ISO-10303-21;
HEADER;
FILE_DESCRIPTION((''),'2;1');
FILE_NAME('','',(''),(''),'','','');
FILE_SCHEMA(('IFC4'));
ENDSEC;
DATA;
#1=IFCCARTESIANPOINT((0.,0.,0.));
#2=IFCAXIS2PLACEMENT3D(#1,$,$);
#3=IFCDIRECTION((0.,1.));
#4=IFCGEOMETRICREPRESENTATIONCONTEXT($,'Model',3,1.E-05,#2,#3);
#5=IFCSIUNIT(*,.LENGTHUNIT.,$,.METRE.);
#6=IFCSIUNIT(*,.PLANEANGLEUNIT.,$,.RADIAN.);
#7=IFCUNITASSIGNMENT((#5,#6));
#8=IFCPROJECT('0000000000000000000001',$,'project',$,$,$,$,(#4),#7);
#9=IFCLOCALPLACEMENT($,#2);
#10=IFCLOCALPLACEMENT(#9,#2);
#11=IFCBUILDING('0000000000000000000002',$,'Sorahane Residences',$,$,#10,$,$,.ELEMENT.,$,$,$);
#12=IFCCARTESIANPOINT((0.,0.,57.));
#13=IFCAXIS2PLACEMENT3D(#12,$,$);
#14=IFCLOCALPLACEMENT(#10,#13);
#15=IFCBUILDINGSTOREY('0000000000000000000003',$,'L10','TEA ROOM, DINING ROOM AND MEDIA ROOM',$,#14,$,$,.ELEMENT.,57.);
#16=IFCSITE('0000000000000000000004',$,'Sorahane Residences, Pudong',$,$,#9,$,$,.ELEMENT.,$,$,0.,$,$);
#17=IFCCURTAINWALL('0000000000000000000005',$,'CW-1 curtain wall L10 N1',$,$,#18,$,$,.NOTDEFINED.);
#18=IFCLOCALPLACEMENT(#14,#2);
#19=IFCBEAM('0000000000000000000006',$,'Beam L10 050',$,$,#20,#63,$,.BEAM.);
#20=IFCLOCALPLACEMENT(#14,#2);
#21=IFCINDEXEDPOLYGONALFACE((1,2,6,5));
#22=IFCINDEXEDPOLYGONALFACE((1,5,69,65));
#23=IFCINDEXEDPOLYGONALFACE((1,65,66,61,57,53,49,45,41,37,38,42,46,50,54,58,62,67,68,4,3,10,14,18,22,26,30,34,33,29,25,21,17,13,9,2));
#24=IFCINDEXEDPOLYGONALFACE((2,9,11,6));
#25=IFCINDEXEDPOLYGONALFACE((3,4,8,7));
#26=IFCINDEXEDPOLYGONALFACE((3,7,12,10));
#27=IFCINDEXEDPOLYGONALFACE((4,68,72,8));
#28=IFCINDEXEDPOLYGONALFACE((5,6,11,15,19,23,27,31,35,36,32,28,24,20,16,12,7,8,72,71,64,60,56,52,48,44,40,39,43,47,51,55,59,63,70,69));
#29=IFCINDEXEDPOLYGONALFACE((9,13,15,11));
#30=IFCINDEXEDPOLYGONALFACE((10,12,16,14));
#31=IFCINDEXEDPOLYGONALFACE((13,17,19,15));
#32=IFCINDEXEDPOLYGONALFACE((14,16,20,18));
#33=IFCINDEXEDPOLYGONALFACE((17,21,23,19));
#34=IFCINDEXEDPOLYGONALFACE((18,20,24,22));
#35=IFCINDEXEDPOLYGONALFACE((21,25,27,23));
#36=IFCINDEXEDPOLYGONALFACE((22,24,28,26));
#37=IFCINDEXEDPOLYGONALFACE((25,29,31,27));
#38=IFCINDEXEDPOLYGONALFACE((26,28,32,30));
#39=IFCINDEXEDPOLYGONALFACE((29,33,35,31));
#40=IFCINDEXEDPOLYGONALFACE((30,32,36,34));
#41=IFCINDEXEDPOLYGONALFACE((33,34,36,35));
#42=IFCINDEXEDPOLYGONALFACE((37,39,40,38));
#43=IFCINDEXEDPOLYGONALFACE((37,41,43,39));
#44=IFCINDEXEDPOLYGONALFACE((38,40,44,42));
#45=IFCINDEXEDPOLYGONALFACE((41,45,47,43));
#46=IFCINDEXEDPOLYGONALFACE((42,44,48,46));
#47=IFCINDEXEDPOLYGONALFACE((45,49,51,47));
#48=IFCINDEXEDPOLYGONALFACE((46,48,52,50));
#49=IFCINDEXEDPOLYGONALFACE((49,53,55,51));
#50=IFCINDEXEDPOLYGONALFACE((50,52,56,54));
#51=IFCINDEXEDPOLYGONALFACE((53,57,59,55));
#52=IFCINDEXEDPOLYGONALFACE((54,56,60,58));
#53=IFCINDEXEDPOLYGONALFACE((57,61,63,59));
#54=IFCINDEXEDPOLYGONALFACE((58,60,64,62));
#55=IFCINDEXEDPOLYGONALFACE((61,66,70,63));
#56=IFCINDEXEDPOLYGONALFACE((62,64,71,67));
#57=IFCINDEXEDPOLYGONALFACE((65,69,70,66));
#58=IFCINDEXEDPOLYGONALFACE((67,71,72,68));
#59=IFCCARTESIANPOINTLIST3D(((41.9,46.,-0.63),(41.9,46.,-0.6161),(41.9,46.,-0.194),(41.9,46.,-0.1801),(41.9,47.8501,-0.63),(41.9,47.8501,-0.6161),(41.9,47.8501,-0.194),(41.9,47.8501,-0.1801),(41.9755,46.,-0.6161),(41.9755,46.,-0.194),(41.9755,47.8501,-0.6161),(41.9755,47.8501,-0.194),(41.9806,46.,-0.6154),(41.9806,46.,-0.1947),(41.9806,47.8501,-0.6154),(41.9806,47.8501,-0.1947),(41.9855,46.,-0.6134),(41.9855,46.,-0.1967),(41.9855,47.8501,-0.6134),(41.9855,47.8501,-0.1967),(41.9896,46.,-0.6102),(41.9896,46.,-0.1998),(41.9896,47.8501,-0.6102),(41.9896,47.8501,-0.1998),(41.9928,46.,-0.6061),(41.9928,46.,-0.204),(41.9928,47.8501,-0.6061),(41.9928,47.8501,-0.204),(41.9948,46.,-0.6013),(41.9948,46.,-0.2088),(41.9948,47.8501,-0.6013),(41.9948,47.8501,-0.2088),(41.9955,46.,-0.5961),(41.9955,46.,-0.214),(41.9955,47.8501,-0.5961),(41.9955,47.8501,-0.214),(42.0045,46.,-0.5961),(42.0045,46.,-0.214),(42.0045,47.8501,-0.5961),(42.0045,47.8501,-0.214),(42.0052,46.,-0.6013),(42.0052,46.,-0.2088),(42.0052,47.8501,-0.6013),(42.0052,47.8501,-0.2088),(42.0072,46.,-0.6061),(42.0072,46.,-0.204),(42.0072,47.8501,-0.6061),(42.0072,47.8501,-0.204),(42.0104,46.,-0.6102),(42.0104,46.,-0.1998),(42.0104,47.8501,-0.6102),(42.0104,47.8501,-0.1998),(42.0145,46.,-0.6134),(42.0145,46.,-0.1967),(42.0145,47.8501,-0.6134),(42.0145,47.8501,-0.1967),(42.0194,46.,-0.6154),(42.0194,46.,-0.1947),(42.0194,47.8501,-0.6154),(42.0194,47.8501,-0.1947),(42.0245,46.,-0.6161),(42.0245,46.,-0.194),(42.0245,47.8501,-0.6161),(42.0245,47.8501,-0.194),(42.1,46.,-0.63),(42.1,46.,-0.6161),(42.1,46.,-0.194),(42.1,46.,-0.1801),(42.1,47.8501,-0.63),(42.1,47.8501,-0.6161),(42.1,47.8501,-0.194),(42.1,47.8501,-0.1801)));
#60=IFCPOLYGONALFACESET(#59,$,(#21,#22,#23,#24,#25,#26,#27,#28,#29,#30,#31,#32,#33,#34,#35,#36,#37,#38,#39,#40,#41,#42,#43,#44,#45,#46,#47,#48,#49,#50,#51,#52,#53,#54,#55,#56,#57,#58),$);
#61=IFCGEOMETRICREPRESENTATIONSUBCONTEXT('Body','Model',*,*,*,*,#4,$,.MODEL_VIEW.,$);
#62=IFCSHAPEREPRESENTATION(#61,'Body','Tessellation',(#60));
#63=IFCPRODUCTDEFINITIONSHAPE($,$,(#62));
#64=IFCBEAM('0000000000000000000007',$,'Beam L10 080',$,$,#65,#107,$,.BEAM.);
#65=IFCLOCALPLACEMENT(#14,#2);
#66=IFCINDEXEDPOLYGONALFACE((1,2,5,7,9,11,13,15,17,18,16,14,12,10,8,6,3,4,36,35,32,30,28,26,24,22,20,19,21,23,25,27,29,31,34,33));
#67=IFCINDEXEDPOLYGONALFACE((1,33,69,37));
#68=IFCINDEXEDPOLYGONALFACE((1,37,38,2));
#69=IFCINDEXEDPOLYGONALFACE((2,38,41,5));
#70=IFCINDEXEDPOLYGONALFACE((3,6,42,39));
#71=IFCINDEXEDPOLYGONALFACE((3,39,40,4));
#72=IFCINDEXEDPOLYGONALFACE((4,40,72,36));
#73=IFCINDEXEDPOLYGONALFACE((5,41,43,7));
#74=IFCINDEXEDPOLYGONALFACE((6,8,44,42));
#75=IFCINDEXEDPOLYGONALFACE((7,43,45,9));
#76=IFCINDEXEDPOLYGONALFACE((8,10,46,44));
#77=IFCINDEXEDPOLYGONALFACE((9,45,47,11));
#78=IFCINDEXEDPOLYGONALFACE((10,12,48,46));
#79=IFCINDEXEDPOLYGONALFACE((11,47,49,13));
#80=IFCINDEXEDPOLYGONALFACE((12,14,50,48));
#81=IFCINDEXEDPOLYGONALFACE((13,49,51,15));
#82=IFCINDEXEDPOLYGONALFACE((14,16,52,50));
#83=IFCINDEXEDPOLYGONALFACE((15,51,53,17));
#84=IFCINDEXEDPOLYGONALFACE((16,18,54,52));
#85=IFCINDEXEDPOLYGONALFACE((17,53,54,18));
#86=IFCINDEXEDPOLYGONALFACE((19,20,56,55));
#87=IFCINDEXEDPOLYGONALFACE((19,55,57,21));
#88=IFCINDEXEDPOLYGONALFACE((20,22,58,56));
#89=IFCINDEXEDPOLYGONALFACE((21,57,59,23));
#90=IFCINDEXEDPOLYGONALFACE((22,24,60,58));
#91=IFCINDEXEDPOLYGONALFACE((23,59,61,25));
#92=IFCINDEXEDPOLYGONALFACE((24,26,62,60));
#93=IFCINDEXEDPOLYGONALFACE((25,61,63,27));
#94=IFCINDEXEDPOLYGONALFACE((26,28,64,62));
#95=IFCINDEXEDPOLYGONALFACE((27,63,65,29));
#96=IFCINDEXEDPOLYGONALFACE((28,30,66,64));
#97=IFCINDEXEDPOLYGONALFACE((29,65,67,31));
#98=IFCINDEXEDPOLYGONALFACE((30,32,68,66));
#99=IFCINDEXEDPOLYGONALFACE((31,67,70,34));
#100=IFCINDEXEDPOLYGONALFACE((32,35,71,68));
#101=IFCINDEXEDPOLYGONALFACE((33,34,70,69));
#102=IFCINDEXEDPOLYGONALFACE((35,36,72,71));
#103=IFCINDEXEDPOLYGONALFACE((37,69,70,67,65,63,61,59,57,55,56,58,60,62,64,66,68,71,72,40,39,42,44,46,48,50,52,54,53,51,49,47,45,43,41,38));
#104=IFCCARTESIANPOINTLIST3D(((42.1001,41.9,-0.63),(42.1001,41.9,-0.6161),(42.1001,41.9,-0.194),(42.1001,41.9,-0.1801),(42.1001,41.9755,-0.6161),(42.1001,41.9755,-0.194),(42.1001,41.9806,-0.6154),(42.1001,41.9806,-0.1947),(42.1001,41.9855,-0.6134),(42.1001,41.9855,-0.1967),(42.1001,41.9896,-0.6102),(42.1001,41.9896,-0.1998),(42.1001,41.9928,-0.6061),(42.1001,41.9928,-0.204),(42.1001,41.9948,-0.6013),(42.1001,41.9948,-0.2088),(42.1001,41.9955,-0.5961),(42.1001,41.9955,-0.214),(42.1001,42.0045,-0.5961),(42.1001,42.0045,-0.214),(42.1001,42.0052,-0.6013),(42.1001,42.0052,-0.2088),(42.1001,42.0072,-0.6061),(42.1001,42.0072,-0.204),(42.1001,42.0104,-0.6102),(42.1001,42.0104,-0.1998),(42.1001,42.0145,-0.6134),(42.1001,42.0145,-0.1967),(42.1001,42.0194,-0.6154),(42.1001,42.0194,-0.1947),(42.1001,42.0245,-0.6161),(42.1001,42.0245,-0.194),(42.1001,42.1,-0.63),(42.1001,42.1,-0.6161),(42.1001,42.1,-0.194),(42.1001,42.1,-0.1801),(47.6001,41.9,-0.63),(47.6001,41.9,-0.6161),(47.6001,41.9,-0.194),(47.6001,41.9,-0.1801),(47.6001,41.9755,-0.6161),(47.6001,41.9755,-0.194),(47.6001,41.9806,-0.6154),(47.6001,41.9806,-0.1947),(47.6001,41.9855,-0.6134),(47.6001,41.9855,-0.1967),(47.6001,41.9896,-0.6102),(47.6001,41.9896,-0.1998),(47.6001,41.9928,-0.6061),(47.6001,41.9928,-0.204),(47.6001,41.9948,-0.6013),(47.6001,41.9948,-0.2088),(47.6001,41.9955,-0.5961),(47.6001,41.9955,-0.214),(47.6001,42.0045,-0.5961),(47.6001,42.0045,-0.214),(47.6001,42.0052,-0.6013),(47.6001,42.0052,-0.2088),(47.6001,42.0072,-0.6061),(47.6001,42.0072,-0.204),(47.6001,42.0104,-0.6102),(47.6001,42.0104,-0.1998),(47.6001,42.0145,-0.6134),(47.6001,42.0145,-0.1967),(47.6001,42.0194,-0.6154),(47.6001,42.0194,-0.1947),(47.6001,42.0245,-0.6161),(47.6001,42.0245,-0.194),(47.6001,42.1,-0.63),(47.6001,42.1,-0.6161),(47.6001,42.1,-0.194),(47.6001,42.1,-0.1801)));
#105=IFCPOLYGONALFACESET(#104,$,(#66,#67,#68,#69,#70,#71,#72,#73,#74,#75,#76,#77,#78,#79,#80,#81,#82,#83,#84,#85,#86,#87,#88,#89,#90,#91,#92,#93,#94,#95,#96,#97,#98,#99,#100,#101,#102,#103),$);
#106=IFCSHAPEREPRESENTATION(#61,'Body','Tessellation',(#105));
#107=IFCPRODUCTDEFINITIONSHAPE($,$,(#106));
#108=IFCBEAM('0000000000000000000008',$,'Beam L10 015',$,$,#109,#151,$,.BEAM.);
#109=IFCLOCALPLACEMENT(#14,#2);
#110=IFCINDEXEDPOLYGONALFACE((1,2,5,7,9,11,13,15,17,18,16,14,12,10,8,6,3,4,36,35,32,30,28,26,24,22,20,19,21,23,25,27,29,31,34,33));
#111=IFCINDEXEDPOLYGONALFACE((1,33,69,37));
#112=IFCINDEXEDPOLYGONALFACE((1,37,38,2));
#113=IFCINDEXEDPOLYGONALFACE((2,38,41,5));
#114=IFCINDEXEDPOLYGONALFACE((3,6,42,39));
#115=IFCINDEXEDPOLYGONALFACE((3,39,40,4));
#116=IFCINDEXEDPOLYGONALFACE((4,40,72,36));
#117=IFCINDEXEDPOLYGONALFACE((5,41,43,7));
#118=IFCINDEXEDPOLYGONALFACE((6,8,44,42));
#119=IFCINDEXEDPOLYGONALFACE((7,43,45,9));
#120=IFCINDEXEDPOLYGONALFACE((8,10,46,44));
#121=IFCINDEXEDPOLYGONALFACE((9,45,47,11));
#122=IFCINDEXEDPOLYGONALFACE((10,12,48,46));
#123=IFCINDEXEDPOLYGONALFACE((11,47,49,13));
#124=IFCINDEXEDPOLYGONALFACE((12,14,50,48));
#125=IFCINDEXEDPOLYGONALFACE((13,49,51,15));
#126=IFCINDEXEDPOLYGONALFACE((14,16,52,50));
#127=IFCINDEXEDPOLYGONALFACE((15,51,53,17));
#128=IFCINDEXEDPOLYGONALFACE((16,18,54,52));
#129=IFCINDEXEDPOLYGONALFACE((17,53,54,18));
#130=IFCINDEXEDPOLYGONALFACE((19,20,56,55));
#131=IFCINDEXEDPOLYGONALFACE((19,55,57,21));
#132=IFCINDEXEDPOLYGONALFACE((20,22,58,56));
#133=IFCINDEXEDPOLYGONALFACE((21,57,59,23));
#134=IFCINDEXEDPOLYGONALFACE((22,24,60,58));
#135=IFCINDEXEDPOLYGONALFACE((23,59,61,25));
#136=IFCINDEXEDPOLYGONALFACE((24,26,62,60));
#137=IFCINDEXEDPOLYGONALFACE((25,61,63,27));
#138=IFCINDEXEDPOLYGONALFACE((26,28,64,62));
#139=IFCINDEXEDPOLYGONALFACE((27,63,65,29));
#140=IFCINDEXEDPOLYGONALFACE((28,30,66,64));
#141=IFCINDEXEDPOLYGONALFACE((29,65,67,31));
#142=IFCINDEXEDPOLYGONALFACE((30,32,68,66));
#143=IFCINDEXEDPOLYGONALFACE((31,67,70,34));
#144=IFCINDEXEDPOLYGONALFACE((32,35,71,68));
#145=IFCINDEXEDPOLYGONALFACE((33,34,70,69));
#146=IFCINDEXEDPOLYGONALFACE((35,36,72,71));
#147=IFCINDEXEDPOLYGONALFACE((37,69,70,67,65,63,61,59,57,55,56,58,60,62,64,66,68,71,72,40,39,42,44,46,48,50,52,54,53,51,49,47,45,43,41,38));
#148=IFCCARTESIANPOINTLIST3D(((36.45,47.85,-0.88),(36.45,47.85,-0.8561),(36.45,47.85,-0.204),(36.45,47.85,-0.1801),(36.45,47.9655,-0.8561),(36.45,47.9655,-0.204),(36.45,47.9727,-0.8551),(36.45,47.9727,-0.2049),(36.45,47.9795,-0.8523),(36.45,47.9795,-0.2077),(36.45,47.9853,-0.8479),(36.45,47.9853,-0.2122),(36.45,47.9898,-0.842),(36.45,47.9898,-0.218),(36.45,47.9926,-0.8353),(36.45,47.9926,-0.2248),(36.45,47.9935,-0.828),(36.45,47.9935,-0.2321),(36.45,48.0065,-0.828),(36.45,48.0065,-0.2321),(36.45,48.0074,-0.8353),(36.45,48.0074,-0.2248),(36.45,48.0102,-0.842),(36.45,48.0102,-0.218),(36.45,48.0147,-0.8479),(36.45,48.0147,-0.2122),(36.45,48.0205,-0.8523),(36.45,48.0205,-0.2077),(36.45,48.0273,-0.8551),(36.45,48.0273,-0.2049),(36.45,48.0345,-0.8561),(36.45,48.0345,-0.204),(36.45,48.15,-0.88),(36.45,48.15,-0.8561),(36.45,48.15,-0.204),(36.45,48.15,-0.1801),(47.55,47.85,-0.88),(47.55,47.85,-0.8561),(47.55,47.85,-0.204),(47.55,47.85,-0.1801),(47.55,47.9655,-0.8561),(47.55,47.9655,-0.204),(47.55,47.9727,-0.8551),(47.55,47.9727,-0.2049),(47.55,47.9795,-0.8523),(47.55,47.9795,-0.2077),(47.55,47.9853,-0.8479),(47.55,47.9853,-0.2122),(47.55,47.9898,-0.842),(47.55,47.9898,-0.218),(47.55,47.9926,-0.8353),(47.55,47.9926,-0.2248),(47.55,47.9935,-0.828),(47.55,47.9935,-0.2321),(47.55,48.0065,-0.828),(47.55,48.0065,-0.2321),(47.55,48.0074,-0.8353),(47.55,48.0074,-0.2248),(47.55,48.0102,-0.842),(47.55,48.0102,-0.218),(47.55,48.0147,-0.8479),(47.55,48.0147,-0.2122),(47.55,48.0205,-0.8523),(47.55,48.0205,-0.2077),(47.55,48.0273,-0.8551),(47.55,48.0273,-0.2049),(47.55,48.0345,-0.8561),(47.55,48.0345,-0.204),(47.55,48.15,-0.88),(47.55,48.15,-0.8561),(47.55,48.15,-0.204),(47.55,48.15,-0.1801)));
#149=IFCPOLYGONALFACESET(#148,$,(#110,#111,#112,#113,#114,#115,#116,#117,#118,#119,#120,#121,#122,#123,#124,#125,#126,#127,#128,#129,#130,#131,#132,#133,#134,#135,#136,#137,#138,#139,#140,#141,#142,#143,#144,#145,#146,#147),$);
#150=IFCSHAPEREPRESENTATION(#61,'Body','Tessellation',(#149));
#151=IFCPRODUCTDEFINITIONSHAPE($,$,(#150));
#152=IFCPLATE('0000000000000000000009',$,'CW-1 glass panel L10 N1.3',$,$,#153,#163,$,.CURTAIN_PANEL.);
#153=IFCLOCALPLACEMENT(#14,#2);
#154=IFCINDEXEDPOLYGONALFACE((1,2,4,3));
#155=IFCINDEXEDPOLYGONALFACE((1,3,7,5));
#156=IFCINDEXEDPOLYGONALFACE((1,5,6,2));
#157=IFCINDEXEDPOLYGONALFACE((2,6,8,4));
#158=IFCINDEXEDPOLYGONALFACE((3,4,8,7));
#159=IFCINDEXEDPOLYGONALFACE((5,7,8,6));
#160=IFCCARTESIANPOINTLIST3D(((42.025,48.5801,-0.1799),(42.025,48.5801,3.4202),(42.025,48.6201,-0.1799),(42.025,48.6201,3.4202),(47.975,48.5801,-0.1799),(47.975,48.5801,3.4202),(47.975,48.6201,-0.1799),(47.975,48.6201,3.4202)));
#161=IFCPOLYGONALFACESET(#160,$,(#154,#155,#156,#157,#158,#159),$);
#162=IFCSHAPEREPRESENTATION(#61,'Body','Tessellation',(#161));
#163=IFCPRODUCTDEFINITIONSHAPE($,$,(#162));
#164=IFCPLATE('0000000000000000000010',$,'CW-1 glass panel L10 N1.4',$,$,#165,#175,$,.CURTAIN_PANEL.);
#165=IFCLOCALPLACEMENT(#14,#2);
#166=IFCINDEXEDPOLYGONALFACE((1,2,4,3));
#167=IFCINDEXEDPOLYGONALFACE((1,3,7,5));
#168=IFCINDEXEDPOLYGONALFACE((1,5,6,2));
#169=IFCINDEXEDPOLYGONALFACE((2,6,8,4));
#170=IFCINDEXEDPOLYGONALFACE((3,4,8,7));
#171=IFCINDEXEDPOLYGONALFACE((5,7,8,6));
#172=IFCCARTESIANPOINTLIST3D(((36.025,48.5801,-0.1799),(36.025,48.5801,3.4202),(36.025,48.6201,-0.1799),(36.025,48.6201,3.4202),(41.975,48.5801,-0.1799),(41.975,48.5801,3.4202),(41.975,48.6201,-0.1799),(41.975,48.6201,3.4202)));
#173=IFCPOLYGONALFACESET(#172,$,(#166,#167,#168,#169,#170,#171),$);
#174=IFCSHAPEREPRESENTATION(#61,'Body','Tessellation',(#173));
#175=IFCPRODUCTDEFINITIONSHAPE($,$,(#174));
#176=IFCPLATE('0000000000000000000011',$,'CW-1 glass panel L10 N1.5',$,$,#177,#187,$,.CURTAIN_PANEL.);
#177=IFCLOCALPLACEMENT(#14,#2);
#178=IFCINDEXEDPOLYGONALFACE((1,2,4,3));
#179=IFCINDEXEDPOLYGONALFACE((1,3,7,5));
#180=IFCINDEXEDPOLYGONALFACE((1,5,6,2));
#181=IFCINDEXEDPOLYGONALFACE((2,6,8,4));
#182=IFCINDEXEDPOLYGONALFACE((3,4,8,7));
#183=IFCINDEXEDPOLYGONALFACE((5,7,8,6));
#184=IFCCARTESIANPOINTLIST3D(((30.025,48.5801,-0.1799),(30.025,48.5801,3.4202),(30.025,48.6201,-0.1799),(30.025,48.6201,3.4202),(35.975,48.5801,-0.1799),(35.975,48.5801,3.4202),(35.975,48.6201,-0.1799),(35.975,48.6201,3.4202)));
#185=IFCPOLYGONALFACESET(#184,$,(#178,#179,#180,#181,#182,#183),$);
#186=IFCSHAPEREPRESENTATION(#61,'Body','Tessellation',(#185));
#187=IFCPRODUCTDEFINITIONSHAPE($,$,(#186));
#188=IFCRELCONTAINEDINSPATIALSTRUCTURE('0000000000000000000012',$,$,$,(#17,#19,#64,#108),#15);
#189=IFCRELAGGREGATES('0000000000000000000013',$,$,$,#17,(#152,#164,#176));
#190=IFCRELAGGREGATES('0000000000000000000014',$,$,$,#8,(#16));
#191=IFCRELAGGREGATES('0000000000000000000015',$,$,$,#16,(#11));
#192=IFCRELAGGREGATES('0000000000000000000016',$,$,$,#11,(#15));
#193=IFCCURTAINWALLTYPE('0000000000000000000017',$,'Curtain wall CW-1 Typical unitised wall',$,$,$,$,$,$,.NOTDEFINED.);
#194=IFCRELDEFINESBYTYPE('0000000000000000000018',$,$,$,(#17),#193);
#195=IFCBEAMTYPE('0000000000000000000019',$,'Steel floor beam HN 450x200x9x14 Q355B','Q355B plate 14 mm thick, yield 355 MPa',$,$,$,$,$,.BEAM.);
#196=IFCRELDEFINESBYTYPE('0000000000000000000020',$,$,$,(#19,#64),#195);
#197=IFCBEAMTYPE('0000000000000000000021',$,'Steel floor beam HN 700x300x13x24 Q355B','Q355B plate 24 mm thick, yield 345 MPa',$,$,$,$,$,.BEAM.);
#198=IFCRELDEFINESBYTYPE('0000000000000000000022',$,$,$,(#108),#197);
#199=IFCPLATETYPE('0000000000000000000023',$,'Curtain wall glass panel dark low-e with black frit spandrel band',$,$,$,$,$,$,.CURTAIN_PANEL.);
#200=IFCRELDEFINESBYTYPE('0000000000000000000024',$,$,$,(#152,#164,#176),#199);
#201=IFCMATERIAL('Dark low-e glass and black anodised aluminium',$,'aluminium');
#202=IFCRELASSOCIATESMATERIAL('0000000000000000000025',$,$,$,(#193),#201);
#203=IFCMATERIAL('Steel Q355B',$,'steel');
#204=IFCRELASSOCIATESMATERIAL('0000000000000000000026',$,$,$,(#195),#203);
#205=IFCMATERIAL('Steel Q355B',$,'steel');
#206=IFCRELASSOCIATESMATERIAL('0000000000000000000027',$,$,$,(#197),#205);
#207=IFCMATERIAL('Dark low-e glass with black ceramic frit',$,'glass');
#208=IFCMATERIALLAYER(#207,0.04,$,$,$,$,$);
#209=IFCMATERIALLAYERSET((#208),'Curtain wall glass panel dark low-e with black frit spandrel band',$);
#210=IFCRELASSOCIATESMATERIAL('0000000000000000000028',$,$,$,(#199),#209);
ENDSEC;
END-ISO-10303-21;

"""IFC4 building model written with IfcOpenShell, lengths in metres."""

from ifc_helpers import new_model, si_unit, direction, frame, origin, origin_2d, place, context, subcontext, project, spatial, rectangle, i_section, extrude, material, layer, layer_set, material_profile, profile_set, type_object, element, aggregate, save


model = new_model("IFC4")

# Units and contexts
model_context = context("Model", 3, precision=1e-05, world=origin(), true_north=direction((0.0, 1.0)))
body_context = subcontext(model_context, "Body", "Model", "MODEL_VIEW")
ifc_project = project(units=[si_unit("LENGTHUNIT", "METRE"), si_unit("PLANEANGLEUNIT", "RADIAN")], contexts=[model_context])

# Site, building, storey
site_placement = place(None, origin())
site = spatial("IfcSite", under=ifc_project, at=site_placement, Name="Sorahane Residences, Pudong", CompositionType="ELEMENT", RefElevation=0.0)
building_placement = place(site_placement, origin())
building = spatial("IfcBuilding", under=site, at=building_placement, Name="Sorahane Residences", CompositionType="ELEMENT")
storey_placement = place(building_placement, frame((0.0, 0.0, 57.0)))
storey = spatial("IfcBuildingStorey", under=building, at=storey_placement, Name="L10", Description="TEA ROOM, DINING ROOM AND MEDIA ROOM", CompositionType="ELEMENT", Elevation=57.0)

# Curtain wall
ifc_material_1 = material(Name="Dark low-e glass and black anodised aluminium", Category="aluminium")
curtain_wall_type = type_object("IfcCurtainWallType", Name="Curtain wall CW-1 Typical unitised wall", PredefinedType="NOTDEFINED", material=ifc_material_1)
curtain_wall_placement = place(storey_placement, origin())
curtain_wall = element("IfcCurtainWall", 1, at=curtain_wall_placement, inside=storey, type_object=curtain_wall_type, Name="CW-1 curtain wall L10 N1", PredefinedType="NOTDEFINED")

# Beams
ifc_material_2 = material(Name="Steel Q355B", Category="steel")
ifc_material_profile_1 = material_profile(ifc_material_2, i_section(OverallWidth=0.2, OverallDepth=0.45, WebThickness=0.009, FlangeThickness=0.0139, FilletRadius=0.02, at=origin_2d()), Name="HN 450x200x9x14")
ifc_profile_set_1 = profile_set([ifc_material_profile_1], Name="Steel Q355B")
beam_type_1 = type_object("IfcBeamType", Name="Steel floor beam HN 450x200x9x14 Q355B", Description="Q355B plate 14 mm thick, yield 355 MPa", PredefinedType="BEAM", material=ifc_profile_set_1)
beam_1_placement = place(storey_placement, frame((42.0, 46.0, -0.405), z_axis=(0.0, 1.0, 0.0), x_axis=(-1.0, 0.0, 0.0)))
element("IfcBeam", 2, at=beam_1_placement, inside=storey, type_object=beam_type_1, Name="Beam L10 050", PredefinedType="BEAM", context=body_context, shape_type="SweptSolid", body=[
    extrude(i_section(OverallWidth=0.2, OverallDepth=0.45, WebThickness=0.009, FlangeThickness=0.0139, FilletRadius=0.02, at=origin_2d()), origin(), (0.0, 0.0, 1.0), 1.8501),
])
beam_2_placement = place(storey_placement, frame((42.1001, 42.0, -0.405), z_axis=(1.0, 0.0, 0.0), x_axis=(0.0, 1.0, 0.0)))
element("IfcBeam", 3, at=beam_2_placement, inside=storey, type_object=beam_type_1, Name="Beam L10 080", PredefinedType="BEAM", context=body_context, shape_type="SweptSolid", body=[
    extrude(i_section(OverallWidth=0.2, OverallDepth=0.45, WebThickness=0.009, FlangeThickness=0.0139, FilletRadius=0.02, at=origin_2d()), origin(), (0.0, 0.0, 1.0), 5.5),
])
ifc_material_3 = material(Name="Steel Q355B", Category="steel")
ifc_material_profile_2 = material_profile(ifc_material_3, i_section(OverallWidth=0.3, OverallDepth=0.7, WebThickness=0.0129, FlangeThickness=0.0239, FilletRadius=0.0281, at=origin_2d()), Name="HN 700x300x13x24")
ifc_profile_set_2 = profile_set([ifc_material_profile_2], Name="Steel Q355B")
beam_type_2 = type_object("IfcBeamType", Name="Steel floor beam HN 700x300x13x24 Q355B", Description="Q355B plate 24 mm thick, yield 345 MPa", PredefinedType="BEAM", material=ifc_profile_set_2)
beam_3_placement = place(storey_placement, frame((36.45, 48.0, -0.53), z_axis=(1.0, 0.0, 0.0), x_axis=(0.0, 1.0, 0.0)))
element("IfcBeam", 4, at=beam_3_placement, inside=storey, type_object=beam_type_2, Name="Beam L10 015", PredefinedType="BEAM", context=body_context, shape_type="SweptSolid", body=[
    extrude(i_section(OverallWidth=0.3, OverallDepth=0.7, WebThickness=0.0129, FlangeThickness=0.0239, FilletRadius=0.0281, at=origin_2d()), origin(), (0.0, 0.0, 1.0), 11.1001),
])

# Plates
ifc_material_4 = material(Name="Dark low-e glass with black ceramic frit", Category="glass")
ifc_layer_1 = layer(ifc_material_4, 0.04)
ifc_layer_set_1 = layer_set([ifc_layer_1], Name="Curtain wall glass panel dark low-e with black frit spandrel band")
plate_type = type_object("IfcPlateType", Name="Curtain wall glass panel dark low-e with black frit spandrel band", PredefinedType="CURTAIN_PANEL", material=ifc_layer_set_1)
plate_1_placement = place(storey_placement, frame((45.0, 48.6001, -0.1799), z_axis=(0.0, 0.0, 1.0), x_axis=(-1.0, 0.0, 0.0)))
plate_1 = element("IfcPlate", 5, at=plate_1_placement, type_object=plate_type, Name="CW-1 glass panel L10 N1.3", PredefinedType="CURTAIN_PANEL", context=body_context, shape_type="SweptSolid", body=[
    extrude(rectangle(XDim=5.95, YDim=0.04, at=origin_2d()), origin(), (0.0, 0.0, 1.0), 3.6001),
])
plate_2_placement = place(storey_placement, frame((39.0, 48.6001, -0.1799), z_axis=(0.0, 0.0, 1.0), x_axis=(-1.0, 0.0, 0.0)))
plate_2 = element("IfcPlate", 6, at=plate_2_placement, type_object=plate_type, Name="CW-1 glass panel L10 N1.4", PredefinedType="CURTAIN_PANEL", context=body_context, shape_type="SweptSolid", body=[
    extrude(rectangle(XDim=5.95, YDim=0.04, at=origin_2d()), origin(), (0.0, 0.0, 1.0), 3.6001),
])
plate_3_placement = place(storey_placement, frame((33.0, 48.6001, -0.1799), z_axis=(0.0, 0.0, 1.0), x_axis=(-1.0, 0.0, 0.0)))
plate_3 = element("IfcPlate", 7, at=plate_3_placement, type_object=plate_type, Name="CW-1 glass panel L10 N1.5", PredefinedType="CURTAIN_PANEL", context=body_context, shape_type="SweptSolid", body=[
    extrude(rectangle(XDim=5.95, YDim=0.04, at=origin_2d()), origin(), (0.0, 0.0, 1.0), 3.6001),
])
aggregate(curtain_wall, [plate_1, plate_2, plate_3])

save(model, "model.ifc")
